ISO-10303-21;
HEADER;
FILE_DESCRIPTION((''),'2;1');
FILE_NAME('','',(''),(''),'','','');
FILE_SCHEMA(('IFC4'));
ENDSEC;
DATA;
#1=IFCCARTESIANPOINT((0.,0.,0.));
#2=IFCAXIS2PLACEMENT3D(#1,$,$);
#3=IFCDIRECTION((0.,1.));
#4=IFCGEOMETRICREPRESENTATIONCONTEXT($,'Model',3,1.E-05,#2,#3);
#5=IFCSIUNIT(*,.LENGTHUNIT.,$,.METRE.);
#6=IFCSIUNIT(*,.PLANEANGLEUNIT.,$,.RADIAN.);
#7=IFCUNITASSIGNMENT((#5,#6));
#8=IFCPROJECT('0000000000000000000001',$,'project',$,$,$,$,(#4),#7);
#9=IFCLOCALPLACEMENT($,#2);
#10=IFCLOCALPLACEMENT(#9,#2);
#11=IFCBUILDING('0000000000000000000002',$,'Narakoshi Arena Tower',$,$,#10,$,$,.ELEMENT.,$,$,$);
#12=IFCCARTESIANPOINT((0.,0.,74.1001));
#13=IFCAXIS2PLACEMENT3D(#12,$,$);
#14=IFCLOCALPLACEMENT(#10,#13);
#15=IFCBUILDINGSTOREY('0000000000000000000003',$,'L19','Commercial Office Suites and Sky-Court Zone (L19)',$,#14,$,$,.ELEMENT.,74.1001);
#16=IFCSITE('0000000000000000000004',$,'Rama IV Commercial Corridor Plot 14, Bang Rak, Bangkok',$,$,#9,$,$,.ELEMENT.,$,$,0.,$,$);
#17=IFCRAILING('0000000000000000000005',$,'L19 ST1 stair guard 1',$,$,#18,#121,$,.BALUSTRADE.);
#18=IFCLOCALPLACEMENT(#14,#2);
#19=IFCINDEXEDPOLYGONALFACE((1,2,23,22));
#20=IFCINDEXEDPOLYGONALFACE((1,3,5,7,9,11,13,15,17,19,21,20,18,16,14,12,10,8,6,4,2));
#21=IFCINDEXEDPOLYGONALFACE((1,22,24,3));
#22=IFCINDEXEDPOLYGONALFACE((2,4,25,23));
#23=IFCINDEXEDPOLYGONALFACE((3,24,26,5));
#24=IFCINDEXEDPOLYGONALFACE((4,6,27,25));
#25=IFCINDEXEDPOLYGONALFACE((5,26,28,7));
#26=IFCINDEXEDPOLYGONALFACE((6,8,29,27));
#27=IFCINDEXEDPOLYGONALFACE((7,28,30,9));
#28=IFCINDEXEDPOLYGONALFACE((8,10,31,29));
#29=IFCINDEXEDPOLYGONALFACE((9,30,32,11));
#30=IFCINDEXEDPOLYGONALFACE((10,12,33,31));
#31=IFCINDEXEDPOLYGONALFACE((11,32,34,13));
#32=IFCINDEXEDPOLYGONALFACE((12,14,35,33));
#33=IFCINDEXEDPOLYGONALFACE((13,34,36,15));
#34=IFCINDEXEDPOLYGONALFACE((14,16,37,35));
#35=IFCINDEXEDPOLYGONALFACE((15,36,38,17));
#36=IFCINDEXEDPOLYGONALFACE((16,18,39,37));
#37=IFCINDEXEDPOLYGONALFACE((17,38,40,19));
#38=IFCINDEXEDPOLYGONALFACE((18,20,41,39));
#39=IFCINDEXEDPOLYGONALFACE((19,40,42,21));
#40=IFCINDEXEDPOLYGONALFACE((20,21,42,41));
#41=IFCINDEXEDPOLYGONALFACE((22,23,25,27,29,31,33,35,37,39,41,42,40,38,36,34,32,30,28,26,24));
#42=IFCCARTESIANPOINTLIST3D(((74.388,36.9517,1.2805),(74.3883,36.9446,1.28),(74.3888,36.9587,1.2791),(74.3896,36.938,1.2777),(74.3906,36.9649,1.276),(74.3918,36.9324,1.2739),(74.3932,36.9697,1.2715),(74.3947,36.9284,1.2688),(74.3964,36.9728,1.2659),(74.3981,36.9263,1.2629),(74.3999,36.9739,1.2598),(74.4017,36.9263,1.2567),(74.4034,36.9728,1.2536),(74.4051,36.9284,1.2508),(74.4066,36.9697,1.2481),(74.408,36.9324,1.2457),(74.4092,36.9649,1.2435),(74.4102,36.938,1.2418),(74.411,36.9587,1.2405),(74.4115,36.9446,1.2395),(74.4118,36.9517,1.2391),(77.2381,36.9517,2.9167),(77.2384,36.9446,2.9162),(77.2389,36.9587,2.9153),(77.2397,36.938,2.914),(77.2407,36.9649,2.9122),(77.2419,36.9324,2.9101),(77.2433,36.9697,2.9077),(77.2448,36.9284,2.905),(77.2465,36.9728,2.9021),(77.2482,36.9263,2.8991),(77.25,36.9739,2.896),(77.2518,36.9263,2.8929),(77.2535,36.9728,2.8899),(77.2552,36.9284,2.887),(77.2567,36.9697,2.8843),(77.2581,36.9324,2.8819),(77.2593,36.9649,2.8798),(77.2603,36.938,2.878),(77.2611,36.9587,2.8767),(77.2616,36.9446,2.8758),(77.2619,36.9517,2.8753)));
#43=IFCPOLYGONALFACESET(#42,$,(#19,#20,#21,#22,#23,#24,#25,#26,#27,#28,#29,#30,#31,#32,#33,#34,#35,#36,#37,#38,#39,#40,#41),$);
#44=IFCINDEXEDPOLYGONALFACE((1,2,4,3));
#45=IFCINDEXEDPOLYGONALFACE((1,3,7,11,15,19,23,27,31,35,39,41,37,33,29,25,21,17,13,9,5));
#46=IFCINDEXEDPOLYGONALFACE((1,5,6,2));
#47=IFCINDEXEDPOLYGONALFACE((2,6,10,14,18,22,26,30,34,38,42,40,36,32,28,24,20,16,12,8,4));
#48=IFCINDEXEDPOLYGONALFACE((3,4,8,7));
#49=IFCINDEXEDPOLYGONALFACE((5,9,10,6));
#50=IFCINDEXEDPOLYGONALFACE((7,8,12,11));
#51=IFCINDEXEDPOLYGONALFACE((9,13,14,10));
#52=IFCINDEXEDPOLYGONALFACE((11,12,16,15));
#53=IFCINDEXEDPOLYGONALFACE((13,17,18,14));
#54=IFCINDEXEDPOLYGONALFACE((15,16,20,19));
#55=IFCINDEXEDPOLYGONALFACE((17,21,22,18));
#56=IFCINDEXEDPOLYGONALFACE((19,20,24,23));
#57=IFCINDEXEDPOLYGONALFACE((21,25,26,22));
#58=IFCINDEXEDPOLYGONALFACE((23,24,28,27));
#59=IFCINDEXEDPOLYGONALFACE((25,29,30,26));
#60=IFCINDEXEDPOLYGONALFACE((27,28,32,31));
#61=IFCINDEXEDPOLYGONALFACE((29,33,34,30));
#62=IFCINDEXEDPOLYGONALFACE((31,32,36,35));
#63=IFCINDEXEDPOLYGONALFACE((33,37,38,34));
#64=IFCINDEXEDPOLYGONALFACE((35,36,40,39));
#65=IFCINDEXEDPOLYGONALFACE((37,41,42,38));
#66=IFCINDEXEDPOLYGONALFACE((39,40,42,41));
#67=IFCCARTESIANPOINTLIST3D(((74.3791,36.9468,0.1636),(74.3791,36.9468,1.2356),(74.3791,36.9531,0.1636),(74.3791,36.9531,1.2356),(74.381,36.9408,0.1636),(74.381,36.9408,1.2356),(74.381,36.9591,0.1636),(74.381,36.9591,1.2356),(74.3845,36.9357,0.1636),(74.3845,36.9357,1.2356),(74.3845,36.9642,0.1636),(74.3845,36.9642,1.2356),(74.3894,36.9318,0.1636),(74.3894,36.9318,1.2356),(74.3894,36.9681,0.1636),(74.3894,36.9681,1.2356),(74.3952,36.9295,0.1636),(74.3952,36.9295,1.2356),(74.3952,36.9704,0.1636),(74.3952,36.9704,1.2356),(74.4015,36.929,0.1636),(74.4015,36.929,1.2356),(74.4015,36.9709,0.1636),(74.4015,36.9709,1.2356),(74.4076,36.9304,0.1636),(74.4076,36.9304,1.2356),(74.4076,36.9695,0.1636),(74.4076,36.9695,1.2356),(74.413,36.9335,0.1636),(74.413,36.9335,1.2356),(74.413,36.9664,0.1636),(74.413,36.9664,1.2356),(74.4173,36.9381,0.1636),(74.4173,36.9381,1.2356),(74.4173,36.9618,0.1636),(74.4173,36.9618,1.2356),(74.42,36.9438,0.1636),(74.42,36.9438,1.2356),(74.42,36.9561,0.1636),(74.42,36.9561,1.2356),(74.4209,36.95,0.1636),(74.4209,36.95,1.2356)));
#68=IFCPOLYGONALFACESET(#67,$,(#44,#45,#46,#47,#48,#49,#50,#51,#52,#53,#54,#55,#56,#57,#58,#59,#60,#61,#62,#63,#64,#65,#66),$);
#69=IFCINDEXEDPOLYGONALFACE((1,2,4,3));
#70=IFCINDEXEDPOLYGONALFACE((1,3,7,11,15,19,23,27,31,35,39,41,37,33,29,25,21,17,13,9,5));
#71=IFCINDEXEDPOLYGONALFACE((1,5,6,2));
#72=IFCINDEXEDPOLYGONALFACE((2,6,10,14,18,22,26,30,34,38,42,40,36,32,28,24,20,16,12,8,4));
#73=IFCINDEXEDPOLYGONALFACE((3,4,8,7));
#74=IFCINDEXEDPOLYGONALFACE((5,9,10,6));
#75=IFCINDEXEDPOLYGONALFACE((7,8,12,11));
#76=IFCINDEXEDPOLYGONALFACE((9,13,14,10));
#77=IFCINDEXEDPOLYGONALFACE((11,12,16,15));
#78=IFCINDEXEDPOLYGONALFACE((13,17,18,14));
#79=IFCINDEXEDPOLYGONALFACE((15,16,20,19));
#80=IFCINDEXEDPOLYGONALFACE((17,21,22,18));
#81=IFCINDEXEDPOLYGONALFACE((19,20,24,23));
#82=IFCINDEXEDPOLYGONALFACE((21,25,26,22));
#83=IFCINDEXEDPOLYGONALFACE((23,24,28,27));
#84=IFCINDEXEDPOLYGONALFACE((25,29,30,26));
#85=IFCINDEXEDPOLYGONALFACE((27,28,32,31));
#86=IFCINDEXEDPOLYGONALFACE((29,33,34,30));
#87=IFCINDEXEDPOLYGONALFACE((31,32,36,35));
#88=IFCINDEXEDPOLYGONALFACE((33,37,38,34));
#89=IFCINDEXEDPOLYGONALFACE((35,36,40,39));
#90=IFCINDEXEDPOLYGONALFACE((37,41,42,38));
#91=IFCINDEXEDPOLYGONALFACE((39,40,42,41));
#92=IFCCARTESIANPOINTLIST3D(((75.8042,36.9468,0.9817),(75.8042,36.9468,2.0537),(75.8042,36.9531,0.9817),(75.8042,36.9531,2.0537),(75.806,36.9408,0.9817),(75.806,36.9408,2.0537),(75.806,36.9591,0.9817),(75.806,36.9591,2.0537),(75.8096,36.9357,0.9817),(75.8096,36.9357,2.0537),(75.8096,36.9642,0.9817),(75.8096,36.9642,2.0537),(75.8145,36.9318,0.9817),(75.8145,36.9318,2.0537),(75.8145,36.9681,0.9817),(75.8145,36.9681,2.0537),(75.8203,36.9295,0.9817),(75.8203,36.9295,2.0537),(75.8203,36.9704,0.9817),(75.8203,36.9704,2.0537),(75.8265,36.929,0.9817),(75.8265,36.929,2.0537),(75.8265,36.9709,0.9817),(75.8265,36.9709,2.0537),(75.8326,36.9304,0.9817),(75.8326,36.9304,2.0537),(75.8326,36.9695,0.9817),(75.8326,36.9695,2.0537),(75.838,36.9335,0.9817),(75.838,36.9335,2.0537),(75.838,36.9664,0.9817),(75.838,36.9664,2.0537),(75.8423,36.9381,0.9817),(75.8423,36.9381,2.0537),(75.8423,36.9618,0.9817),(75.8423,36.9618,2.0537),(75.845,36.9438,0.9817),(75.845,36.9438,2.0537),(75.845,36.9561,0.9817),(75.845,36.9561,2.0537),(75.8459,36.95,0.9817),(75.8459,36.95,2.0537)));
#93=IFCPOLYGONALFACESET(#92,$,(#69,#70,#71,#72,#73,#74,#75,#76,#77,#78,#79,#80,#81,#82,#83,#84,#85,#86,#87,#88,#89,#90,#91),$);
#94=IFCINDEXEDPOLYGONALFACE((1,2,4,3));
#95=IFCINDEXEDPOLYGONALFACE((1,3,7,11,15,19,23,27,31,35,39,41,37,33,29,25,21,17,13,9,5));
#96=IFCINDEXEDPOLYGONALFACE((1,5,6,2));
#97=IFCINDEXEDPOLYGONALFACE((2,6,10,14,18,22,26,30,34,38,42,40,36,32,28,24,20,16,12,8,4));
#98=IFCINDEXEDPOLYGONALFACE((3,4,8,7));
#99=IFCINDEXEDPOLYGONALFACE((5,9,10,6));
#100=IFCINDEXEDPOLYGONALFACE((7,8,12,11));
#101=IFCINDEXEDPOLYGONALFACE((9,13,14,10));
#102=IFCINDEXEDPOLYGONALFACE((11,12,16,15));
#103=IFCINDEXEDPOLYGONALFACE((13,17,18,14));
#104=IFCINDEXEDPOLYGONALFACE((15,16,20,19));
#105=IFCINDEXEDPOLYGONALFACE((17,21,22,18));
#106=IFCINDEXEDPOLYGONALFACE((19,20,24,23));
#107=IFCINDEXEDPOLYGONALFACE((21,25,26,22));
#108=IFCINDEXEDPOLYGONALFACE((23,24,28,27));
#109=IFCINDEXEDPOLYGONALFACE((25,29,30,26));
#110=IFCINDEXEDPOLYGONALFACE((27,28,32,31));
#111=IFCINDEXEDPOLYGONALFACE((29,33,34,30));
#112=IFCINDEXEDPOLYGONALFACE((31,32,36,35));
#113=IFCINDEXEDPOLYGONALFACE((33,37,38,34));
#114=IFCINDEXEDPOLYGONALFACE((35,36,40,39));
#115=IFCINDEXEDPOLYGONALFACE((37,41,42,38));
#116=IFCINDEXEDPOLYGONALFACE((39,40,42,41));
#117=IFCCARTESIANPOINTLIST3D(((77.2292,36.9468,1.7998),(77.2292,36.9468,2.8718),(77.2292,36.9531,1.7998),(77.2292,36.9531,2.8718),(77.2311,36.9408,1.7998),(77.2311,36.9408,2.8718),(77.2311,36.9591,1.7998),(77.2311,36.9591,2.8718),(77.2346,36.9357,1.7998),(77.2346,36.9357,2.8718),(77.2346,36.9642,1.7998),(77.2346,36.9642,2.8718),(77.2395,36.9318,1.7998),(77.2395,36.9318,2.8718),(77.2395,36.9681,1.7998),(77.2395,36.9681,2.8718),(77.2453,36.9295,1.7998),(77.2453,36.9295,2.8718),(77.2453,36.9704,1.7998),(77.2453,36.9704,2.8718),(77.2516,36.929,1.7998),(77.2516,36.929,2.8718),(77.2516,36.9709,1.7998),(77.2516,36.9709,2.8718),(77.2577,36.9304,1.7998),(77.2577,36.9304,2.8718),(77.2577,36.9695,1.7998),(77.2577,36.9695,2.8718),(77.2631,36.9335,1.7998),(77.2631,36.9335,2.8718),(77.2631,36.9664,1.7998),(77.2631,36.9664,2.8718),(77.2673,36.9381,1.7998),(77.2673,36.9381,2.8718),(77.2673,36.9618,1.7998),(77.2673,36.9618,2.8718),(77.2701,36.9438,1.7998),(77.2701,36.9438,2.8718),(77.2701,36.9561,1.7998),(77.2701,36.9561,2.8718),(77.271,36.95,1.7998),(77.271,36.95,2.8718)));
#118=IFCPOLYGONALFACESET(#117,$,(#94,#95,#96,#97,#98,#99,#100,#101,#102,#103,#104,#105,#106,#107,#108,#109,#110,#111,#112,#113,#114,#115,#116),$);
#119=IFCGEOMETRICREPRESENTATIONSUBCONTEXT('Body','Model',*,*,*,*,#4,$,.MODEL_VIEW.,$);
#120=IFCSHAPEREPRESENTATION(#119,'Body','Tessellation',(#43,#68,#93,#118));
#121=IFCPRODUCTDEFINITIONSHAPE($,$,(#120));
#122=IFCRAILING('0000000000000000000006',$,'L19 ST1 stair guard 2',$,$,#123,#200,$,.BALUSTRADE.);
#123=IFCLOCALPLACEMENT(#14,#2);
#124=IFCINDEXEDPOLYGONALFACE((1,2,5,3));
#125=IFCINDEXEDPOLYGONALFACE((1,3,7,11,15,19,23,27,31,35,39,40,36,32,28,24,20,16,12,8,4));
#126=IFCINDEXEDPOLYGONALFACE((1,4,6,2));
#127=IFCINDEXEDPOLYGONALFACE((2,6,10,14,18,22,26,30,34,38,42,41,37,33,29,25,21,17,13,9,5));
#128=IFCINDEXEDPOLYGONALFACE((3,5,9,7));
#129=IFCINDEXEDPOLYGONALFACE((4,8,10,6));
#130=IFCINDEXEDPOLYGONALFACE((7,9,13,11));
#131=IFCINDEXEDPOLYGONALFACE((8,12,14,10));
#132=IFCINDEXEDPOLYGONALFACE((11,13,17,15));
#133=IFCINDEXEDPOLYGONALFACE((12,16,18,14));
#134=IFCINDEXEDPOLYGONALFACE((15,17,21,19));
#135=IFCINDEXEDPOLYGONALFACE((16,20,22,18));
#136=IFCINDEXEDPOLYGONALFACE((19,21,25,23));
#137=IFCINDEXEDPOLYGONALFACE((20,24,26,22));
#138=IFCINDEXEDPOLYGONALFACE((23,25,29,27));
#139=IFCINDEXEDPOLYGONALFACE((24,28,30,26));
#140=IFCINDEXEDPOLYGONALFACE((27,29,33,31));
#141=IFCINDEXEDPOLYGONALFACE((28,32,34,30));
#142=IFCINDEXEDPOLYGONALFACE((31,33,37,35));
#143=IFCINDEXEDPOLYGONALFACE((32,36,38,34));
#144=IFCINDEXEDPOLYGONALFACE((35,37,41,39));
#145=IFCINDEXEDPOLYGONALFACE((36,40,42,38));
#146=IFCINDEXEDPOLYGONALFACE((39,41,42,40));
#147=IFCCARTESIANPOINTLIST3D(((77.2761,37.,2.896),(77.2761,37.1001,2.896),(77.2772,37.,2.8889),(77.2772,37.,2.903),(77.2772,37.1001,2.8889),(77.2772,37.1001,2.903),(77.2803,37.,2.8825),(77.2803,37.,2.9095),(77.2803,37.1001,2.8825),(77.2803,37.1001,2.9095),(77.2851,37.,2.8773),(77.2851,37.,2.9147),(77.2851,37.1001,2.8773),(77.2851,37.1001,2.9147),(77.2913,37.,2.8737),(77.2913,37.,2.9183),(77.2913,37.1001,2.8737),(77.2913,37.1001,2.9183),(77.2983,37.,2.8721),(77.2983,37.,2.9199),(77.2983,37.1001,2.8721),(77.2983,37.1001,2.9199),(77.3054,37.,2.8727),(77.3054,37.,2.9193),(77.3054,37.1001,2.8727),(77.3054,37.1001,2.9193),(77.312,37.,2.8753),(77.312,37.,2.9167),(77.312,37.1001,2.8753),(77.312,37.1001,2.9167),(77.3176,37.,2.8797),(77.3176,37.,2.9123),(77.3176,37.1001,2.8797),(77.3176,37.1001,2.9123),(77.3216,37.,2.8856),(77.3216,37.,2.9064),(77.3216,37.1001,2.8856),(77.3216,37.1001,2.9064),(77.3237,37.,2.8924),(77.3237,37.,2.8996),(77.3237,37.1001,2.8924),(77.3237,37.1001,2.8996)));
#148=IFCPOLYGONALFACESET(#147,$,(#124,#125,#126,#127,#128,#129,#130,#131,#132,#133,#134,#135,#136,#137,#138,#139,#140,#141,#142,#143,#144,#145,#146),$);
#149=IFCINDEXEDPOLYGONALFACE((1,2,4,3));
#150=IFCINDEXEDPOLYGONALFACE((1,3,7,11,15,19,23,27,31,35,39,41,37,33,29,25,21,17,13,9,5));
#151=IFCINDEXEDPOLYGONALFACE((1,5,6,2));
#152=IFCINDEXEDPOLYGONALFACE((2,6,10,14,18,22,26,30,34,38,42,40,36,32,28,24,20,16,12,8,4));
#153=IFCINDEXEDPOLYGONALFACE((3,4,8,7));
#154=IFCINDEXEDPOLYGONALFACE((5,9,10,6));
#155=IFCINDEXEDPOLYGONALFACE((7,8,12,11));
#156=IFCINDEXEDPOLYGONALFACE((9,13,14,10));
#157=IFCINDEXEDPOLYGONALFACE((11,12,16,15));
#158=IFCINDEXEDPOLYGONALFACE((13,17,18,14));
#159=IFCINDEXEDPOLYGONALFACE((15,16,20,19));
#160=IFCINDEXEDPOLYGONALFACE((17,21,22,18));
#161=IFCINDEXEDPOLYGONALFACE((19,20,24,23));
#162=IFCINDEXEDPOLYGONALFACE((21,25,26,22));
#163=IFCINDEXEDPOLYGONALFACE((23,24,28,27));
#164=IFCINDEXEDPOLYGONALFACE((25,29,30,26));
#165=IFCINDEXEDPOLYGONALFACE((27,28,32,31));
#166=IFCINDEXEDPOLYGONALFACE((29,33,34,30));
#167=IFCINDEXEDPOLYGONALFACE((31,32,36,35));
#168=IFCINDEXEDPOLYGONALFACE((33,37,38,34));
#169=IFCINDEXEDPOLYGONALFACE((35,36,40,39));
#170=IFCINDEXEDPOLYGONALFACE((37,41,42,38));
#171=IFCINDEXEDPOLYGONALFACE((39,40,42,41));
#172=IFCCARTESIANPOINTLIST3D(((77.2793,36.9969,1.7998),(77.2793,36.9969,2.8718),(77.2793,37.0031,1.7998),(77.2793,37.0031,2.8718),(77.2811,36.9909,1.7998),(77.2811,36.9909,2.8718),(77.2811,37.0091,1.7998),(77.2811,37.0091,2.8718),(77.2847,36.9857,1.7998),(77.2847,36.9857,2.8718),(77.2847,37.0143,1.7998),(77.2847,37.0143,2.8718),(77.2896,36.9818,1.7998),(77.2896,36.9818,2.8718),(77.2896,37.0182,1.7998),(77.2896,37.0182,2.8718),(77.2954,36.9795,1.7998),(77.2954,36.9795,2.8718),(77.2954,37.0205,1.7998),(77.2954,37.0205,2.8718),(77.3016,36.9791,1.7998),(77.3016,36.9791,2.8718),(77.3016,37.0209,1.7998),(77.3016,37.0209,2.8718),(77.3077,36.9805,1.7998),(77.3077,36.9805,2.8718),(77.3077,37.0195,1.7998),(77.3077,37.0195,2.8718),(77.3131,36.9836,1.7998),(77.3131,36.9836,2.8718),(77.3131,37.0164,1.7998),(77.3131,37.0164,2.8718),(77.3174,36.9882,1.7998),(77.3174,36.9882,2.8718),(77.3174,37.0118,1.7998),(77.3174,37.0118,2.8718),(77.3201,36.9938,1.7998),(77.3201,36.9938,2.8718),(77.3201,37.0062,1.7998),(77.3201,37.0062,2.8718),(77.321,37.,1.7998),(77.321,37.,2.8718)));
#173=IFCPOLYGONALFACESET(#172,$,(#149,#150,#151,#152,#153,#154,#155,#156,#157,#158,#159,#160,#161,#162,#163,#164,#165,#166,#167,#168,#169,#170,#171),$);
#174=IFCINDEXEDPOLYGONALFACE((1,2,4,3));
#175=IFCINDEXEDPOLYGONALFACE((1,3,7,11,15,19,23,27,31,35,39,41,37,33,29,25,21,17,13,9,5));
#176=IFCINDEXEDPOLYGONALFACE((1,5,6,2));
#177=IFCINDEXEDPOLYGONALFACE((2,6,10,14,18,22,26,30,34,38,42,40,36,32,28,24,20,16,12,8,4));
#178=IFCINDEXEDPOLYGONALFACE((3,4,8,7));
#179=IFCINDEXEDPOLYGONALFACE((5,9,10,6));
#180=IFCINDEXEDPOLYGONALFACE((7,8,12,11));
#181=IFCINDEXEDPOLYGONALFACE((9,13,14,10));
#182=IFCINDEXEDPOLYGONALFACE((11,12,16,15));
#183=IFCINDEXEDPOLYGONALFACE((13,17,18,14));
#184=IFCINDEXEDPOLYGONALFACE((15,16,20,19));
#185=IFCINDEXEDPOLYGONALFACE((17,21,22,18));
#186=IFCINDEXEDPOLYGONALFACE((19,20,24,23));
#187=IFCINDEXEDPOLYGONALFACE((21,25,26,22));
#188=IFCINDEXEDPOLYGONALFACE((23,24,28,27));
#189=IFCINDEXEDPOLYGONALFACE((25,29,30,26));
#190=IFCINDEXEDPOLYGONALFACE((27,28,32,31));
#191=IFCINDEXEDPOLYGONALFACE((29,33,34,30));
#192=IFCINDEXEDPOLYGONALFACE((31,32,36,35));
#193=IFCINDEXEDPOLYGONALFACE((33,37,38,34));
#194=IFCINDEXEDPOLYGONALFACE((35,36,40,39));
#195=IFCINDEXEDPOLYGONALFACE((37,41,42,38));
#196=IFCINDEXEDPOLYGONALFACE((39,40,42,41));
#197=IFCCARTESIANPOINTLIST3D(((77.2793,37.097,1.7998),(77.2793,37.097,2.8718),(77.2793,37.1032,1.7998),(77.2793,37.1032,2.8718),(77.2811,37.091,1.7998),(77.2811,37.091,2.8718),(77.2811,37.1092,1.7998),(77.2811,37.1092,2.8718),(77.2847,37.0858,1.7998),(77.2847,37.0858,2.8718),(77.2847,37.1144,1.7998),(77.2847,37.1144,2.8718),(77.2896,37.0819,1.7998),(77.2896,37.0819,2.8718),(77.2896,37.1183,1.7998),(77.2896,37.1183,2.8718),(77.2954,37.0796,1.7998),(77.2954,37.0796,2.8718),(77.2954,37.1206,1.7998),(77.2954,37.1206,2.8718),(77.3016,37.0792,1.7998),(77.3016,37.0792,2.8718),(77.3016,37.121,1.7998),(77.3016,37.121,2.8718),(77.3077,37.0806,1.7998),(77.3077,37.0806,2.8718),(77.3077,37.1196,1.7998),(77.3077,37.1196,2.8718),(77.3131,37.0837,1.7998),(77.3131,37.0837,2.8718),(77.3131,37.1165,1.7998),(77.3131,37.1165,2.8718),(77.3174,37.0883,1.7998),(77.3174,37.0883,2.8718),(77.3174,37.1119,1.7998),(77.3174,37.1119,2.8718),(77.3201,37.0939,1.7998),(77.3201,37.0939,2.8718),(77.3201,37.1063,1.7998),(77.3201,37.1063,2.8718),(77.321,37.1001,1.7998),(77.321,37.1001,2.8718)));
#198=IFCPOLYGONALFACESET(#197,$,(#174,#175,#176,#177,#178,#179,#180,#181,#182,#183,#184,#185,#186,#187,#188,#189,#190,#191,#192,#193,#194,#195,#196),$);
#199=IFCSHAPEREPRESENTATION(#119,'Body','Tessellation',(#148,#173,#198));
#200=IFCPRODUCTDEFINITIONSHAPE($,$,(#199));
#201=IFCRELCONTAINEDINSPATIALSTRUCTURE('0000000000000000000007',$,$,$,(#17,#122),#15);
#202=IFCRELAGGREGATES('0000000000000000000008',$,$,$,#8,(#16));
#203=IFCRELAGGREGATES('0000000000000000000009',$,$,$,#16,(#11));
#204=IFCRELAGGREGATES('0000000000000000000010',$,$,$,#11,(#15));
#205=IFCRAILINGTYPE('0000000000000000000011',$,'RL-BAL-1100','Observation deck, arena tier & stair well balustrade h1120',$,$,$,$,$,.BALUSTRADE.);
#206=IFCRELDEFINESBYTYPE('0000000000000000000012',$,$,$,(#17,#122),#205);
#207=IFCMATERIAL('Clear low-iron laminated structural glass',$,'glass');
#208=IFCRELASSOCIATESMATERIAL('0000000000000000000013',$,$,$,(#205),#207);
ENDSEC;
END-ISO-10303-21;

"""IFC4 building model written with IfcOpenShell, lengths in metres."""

from ifc_helpers import new_model, si_unit, direction, frame, origin, origin_2d, place, context, subcontext, project, spatial, circle, extrude, material, type_object, element, save


model = new_model("IFC4")

# Units and contexts
model_context = context("Model", 3, precision=1e-05, world=origin(), true_north=direction((0.0, 1.0)))
body_context = subcontext(model_context, "Body", "Model", "MODEL_VIEW")
ifc_project = project(units=[si_unit("LENGTHUNIT", "METRE"), si_unit("PLANEANGLEUNIT", "RADIAN")], contexts=[model_context])

# Site, building, storey
site_placement = place(None, origin())
site = spatial("IfcSite", under=ifc_project, at=site_placement, Name="Rama IV Commercial Corridor Plot 14, Bang Rak, Bangkok", CompositionType="ELEMENT", RefElevation=0.0)
building_placement = place(site_placement, origin())
building = spatial("IfcBuilding", under=site, at=building_placement, Name="Narakoshi Arena Tower", CompositionType="ELEMENT")
storey_placement = place(building_placement, frame((0.0, 0.0, 74.1001)))
storey = spatial("IfcBuildingStorey", under=building, at=storey_placement, Name="L19", Description="Commercial Office Suites and Sky-Court Zone (L19)", CompositionType="ELEMENT", Elevation=74.1001)

# Railings
ifc_material_1 = material(Name="Clear low-iron laminated structural glass", Category="glass")
railing_type_1 = type_object("IfcRailingType", Name="RL-BAL-1100", Description="Observation deck, arena tier & stair well balustrade h1120", PredefinedType="BALUSTRADE", material=ifc_material_1)
railing_1_placement = place(storey_placement, frame((74.3999, 36.95, 0.1636)))
element("IfcRailing", 1, at=railing_1_placement, inside=storey, type_object=railing_type_1, Name="L19 ST1 stair guard 1", PredefinedType="BALUSTRADE", context=body_context, shape_type="SweptSolid", body=[
    extrude(circle(Radius=0.0239, at=origin_2d()), frame((0.0, 0.0, 1.0962), z_axis=(0.867245, 0.0, 0.497882), x_axis=(0.0, 1.0, 0.0)), (0.0, 0.0, 1.0), 3.2864),
    extrude(circle(Radius=0.021, at=origin_2d()), origin(), (0.0, 0.0, 1.0), 1.072),
    extrude(circle(Radius=0.021, at=origin_2d()), frame((1.425, 0.0, 0.8181)), (0.0, 0.0, 1.0), 1.072),
    extrude(circle(Radius=0.021, at=origin_2d()), frame((2.8501, 0.0, 1.6362)), (0.0, 0.0, 1.0), 1.072),
])
railing_2_placement = place(storey_placement, frame((77.3, 37.0, 1.7998)))
element("IfcRailing", 2, at=railing_2_placement, inside=storey, type_object=railing_type_1, Name="L19 ST1 stair guard 2", PredefinedType="BALUSTRADE", context=body_context, shape_type="SweptSolid", body=[
    extrude(circle(Radius=0.0239, at=origin_2d()), frame((0.0, 0.0, 1.0962), z_axis=(0.0, 1.0, 0.0), x_axis=(-1.0, 0.0, 0.0)), (0.0, 0.0, 1.0), 0.1001),
    extrude(circle(Radius=0.021, at=origin_2d()), origin(), (0.0, 0.0, 1.0), 1.072),
    extrude(circle(Radius=0.021, at=origin_2d()), frame((0.0, 0.1001, 0.0)), (0.0, 0.0, 1.0), 1.072),
])

save(model, "model.ifc")
